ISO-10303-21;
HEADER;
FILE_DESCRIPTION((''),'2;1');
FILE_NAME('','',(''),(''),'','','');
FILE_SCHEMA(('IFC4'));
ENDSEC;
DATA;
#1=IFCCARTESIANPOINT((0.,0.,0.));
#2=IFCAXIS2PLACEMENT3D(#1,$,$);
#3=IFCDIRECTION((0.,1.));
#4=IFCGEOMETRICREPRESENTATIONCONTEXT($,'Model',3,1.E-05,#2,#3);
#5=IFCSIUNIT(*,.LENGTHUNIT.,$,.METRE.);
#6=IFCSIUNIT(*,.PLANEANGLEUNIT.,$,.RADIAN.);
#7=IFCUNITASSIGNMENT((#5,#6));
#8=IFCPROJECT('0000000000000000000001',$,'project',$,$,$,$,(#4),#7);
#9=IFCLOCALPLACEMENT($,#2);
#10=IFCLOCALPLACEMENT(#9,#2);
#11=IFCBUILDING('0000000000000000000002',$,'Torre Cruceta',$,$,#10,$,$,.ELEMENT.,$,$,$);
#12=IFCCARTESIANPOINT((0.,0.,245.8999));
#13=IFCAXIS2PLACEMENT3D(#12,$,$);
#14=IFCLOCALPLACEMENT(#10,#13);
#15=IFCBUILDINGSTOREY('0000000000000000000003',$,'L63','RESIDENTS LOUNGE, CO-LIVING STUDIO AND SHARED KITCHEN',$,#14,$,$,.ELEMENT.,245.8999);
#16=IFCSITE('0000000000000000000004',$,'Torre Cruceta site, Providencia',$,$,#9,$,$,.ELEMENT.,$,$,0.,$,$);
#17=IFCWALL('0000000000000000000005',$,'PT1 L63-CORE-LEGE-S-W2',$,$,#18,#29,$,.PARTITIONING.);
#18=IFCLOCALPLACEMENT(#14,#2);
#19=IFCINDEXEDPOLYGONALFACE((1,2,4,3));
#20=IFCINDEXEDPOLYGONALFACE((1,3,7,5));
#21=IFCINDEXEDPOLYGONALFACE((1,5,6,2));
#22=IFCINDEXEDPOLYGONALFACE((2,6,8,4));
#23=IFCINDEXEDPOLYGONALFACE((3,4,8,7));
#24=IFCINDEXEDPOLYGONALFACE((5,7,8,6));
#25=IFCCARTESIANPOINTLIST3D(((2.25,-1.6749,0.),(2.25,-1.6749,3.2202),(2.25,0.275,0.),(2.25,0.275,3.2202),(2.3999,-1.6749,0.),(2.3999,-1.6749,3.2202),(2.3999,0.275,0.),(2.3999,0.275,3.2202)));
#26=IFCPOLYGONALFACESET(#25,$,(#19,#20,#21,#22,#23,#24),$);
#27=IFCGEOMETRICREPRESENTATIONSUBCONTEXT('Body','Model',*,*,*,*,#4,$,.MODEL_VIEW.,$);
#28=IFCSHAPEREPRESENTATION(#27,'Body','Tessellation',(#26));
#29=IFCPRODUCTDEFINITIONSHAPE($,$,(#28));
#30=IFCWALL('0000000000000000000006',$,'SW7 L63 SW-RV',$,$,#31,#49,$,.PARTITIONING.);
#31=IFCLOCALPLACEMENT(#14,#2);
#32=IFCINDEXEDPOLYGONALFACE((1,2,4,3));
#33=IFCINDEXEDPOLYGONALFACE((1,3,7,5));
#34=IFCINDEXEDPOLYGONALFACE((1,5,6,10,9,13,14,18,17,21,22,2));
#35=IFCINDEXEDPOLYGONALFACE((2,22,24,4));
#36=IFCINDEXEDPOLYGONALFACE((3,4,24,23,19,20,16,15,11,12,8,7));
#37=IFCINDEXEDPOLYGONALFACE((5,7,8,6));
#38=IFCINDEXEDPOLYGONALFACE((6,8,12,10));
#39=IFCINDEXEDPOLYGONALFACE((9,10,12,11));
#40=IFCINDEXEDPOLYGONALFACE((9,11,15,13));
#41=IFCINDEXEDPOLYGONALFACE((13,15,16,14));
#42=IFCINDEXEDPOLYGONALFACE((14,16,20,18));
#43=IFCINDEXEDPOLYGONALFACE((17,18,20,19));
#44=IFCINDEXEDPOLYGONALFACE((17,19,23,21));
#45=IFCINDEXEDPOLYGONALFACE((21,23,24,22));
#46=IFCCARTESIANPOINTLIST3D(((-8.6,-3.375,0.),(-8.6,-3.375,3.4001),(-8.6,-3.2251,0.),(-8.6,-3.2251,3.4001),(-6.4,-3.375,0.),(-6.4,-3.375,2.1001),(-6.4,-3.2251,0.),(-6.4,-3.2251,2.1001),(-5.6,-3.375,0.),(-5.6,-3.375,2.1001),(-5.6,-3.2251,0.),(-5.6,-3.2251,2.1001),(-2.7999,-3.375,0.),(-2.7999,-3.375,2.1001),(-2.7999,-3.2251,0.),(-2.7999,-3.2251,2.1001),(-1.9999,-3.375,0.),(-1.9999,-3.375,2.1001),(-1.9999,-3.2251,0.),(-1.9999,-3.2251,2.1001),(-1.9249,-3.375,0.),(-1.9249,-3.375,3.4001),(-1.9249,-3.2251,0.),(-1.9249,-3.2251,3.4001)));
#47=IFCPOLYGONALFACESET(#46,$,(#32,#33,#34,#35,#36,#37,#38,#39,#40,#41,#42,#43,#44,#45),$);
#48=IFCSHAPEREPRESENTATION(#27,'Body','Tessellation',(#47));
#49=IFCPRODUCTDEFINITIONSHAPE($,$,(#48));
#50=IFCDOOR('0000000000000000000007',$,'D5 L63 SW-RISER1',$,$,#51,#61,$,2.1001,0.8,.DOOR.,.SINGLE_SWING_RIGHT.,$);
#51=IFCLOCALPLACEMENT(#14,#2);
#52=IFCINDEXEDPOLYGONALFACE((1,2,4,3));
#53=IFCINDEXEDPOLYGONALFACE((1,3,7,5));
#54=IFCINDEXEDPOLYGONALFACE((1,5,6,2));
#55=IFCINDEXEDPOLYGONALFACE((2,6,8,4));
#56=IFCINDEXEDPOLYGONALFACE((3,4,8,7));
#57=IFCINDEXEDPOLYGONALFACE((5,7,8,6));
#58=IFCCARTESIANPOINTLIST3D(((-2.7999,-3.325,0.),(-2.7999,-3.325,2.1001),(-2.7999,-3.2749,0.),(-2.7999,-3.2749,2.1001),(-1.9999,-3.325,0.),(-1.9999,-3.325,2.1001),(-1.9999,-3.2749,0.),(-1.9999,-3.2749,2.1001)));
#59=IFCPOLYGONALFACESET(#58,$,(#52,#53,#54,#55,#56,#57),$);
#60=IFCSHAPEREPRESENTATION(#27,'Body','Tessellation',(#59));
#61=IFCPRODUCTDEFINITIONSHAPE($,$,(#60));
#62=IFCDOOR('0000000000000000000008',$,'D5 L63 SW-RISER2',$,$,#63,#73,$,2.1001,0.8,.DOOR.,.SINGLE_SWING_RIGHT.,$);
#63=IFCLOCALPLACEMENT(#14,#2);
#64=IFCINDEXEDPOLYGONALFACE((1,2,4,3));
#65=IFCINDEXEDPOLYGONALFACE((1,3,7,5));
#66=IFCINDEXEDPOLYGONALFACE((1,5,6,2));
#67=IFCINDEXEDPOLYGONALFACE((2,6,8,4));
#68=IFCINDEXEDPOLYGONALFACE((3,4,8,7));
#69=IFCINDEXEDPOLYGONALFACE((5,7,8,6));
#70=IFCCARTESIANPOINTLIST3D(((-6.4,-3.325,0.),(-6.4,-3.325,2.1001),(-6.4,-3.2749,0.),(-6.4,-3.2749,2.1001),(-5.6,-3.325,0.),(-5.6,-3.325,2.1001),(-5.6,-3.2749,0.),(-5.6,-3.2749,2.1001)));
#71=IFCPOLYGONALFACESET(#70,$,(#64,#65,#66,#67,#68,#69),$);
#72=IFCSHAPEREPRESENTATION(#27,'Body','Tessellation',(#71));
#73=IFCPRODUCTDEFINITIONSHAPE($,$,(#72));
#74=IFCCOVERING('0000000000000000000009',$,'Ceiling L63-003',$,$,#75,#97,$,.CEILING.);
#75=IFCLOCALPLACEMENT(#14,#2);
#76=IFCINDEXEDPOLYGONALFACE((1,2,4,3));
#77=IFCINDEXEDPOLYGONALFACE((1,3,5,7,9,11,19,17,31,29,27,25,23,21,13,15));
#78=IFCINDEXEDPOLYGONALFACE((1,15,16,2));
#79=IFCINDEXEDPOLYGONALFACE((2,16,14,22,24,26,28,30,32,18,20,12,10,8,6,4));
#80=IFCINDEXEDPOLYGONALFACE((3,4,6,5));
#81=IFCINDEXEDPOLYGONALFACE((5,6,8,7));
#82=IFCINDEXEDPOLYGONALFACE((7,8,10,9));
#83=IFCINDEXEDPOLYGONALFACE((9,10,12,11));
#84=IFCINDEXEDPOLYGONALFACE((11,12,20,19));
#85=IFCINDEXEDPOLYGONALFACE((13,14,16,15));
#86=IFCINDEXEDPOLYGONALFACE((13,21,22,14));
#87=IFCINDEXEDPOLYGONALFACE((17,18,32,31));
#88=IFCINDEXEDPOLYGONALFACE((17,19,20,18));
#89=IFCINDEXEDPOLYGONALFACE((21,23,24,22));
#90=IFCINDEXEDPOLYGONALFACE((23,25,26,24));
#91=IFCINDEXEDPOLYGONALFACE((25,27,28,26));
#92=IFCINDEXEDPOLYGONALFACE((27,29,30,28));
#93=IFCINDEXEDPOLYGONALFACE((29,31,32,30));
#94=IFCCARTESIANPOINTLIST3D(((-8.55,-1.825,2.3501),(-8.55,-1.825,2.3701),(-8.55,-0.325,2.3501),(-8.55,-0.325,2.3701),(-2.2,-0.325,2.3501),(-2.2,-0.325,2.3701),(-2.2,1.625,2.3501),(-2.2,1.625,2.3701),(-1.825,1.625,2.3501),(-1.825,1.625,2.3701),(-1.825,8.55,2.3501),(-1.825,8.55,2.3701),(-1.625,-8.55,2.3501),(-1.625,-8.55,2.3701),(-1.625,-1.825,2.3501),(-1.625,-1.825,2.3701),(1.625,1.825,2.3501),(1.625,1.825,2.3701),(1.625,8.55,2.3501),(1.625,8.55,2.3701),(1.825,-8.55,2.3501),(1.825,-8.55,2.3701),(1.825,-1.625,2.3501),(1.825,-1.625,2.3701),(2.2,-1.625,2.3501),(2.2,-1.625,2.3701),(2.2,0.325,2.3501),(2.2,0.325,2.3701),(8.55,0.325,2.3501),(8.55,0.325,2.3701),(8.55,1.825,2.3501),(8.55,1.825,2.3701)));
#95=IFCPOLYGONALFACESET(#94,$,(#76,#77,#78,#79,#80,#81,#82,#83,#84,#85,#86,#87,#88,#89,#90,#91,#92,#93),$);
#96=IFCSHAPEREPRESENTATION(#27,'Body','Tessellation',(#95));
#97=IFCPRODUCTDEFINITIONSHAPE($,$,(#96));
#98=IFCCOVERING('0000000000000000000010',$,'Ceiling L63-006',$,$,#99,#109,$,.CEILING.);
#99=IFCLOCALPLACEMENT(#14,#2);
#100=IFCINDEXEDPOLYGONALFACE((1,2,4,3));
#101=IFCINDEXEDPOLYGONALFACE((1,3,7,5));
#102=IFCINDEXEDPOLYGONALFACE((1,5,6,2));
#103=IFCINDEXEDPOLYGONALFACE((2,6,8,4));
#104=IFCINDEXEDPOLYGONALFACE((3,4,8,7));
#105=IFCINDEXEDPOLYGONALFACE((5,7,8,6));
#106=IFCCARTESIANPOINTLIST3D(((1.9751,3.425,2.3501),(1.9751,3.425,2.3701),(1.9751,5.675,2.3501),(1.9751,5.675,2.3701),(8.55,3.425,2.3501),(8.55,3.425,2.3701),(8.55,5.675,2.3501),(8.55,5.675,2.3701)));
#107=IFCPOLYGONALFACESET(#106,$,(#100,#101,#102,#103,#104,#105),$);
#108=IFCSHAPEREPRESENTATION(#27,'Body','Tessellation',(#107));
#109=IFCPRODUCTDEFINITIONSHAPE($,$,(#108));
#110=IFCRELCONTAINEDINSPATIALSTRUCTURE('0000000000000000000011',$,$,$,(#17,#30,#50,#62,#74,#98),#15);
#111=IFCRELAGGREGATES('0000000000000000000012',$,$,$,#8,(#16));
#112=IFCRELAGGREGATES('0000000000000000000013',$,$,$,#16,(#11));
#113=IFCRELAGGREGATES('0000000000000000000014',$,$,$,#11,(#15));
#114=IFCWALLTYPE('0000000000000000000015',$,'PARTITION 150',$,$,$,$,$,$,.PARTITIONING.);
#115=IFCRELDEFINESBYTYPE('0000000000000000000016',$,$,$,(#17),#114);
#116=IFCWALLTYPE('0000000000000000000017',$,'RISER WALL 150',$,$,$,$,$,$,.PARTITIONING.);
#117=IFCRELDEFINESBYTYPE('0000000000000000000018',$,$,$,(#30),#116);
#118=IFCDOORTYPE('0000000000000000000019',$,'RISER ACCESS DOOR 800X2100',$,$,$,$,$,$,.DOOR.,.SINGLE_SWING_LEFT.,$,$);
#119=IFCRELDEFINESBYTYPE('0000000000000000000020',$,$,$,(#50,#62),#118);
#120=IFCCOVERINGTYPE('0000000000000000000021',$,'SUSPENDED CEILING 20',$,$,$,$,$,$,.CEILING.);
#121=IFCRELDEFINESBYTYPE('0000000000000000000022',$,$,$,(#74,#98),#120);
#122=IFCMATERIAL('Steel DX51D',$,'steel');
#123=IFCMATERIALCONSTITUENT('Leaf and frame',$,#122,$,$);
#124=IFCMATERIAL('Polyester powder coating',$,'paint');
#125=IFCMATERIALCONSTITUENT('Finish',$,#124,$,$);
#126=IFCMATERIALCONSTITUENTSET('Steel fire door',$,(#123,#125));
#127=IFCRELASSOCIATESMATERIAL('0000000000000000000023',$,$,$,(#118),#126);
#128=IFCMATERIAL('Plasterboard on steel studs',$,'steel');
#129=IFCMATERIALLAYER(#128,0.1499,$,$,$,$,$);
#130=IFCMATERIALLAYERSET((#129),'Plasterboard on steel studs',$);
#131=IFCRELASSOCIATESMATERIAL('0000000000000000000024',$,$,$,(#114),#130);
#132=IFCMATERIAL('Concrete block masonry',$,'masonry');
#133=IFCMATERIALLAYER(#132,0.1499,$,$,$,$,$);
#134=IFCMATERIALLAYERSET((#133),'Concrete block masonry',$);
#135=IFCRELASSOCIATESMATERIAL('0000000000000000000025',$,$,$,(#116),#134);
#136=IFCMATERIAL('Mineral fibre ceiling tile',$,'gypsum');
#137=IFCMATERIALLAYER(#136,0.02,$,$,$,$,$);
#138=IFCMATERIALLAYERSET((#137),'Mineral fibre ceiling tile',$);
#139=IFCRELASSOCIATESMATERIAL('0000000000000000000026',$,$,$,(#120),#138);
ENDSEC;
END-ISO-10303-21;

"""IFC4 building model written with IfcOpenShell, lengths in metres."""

from ifc_helpers import new_model, si_unit, direction, frame, frame_2d, origin, place, context, subcontext, project, spatial, polyline, rectangle, outline, extrude, material, layer, layer_set, constituent, constituent_set, type_object, element, fill, save


model = new_model("IFC4")

# Units and contexts
model_context = context("Model", 3, precision=1e-05, world=origin(), true_north=direction((0.0, 1.0)))
body_context = subcontext(model_context, "Body", "Model", "MODEL_VIEW")
ifc_project = project(units=[si_unit("LENGTHUNIT", "METRE"), si_unit("PLANEANGLEUNIT", "RADIAN")], contexts=[model_context])

# Site, building, storey
site_placement = place(None, origin())
site = spatial("IfcSite", under=ifc_project, at=site_placement, Name="Torre Cruceta site, Providencia", CompositionType="ELEMENT", RefElevation=0.0)
building_placement = place(site_placement, origin())
building = spatial("IfcBuilding", under=site, at=building_placement, Name="Torre Cruceta", CompositionType="ELEMENT")
storey_placement = place(building_placement, frame((0.0, 0.0, 245.8999)))
storey = spatial("IfcBuildingStorey", under=building, at=storey_placement, Name="L63", Description="RESIDENTS LOUNGE, CO-LIVING STUDIO AND SHARED KITCHEN", CompositionType="ELEMENT", Elevation=245.8999)

# Shared definitions
ifc_material_1 = material(Name="Steel DX51D", Category="steel")
ifc_constituent_1 = constituent(ifc_material_1, Name="Leaf and frame")
ifc_material_2 = material(Name="Polyester powder coating", Category="paint")
ifc_constituent_2 = constituent(ifc_material_2, Name="Finish")
ifc_constituent_set_1 = constituent_set(constituents=[ifc_constituent_1, ifc_constituent_2], Name="Steel fire door")
door_type_1 = type_object("IfcDoorType", Name="RISER ACCESS DOOR 800X2100", OperationType="SINGLE_SWING_LEFT", PredefinedType="DOOR", material=ifc_constituent_set_1)

# Wall
ifc_material_3 = material(Name="Plasterboard on steel studs", Category="steel")
ifc_layer_1 = layer(ifc_material_3, 0.1499)
ifc_layer_set_1 = layer_set([ifc_layer_1], Name="Plasterboard on steel studs")
wall_type_1 = type_object("IfcWallType", Name="PARTITION 150", PredefinedType="PARTITIONING", material=ifc_layer_set_1)
wall_1_placement = place(storey_placement, frame((2.325, -1.675, 0.0), z_axis=(0.0, 0.0, 1.0), x_axis=(0.0, 1.0, 0.0)))
element("IfcWall", 1, at=wall_1_placement, inside=storey, type_object=wall_type_1, Name="PT1 L63-CORE-LEGE-S-W2", PredefinedType="PARTITIONING", context=body_context, shape_type="SweptSolid", body=[
    extrude(rectangle(XDim=1.95, YDim=0.1499, at=frame_2d((0.9751, 0.0))), origin(), (0.0, 0.0, 1.0), 3.2202),
])

# Wall, openings, doors
ifc_material_4 = material(Name="Concrete block masonry", Category="masonry")
ifc_layer_2 = layer(ifc_material_4, 0.1499)
ifc_layer_set_2 = layer_set([ifc_layer_2], Name="Concrete block masonry")
wall_type_2 = type_object("IfcWallType", Name="RISER WALL 150", PredefinedType="PARTITIONING", material=ifc_layer_set_2)
wall_2_placement = place(storey_placement, frame((-1.925, -3.3, 0.0), z_axis=(0.0, 0.0, 1.0), x_axis=(-1.0, 0.0, 0.0)))
wall_2 = element("IfcWall", 2, at=wall_2_placement, inside=storey, type_object=wall_type_2, Name="SW7 L63 SW-RV", PredefinedType="PARTITIONING", context=body_context, shape_type="SweptSolid", body=[
    extrude(rectangle(XDim=6.675, YDim=0.1499, at=frame_2d((3.3374, 0.0))), origin(), (0.0, 0.0, 1.0), 3.4001),
])
opening_1_placement = place(wall_2_placement, frame((0.075, 0.0, 0.0)))
opening_1 = element("IfcOpeningElement", 3, at=opening_1_placement, cuts=wall_2, PredefinedType="OPENING", context=body_context, shape_type="SweptSolid", body=[
    extrude(rectangle(XDim=0.8, YDim=2.1001, at=frame_2d((0.3999, 1.05))), frame((0.0, 0.085, 0.0), z_axis=(0.0, -1.0, 0.0), x_axis=(1.0, 0.0, 0.0)), (0.0, 0.0, 1.0), 0.1699),
])
opening_2_placement = place(wall_2_placement, frame((3.675, 0.0, 0.0)))
opening_2 = element("IfcOpeningElement", 4, at=opening_2_placement, cuts=wall_2, PredefinedType="OPENING", context=body_context, shape_type="SweptSolid", body=[
    extrude(rectangle(XDim=0.8, YDim=2.1001, at=frame_2d((0.3999, 1.05))), frame((0.0, 0.085, 0.0), z_axis=(0.0, -1.0, 0.0), x_axis=(1.0, 0.0, 0.0)), (0.0, 0.0, 1.0), 0.1699),
])
door_1_placement = place(opening_1_placement, frame((0.8, 0.0, 0.0), z_axis=(0.0, 0.0, 1.0), x_axis=(-1.0, 0.0, 0.0)))
door_1 = element("IfcDoor", 5, at=door_1_placement, inside=storey, type_object=door_type_1, Name="D5 L63 SW-RISER1", OperationType="SINGLE_SWING_RIGHT", OverallHeight=2.1001, OverallWidth=0.8, PredefinedType="DOOR", context=body_context, shape_type="SweptSolid", body=[
    extrude(rectangle(XDim=0.8, YDim=2.1001, at=frame_2d((0.4001, 1.05))), frame((0.0, 0.0251, 0.0), z_axis=(0.0, -1.0, 0.0), x_axis=(1.0, 0.0, 0.0)), (0.0, 0.0, 1.0), 0.05),
])
fill(opening_1, door_1)
door_2_placement = place(opening_2_placement, frame((0.8, 0.0, 0.0), z_axis=(0.0, 0.0, 1.0), x_axis=(-1.0, 0.0, 0.0)))
door_2 = element("IfcDoor", 6, at=door_2_placement, inside=storey, type_object=door_type_1, Name="D5 L63 SW-RISER2", OperationType="SINGLE_SWING_RIGHT", OverallHeight=2.1001, OverallWidth=0.8, PredefinedType="DOOR", context=body_context, shape_type="SweptSolid", body=[
    extrude(rectangle(XDim=0.8, YDim=2.1001, at=frame_2d((0.4001, 1.05))), frame((0.0, 0.0251, 0.0), z_axis=(0.0, -1.0, 0.0), x_axis=(1.0, 0.0, 0.0)), (0.0, 0.0, 1.0), 0.05),
])
fill(opening_2, door_2)

# Coverings
ifc_material_5 = material(Name="Mineral fibre ceiling tile", Category="gypsum")
ifc_layer_3 = layer(ifc_material_5, 0.02)
ifc_layer_set_3 = layer_set([ifc_layer_3], Name="Mineral fibre ceiling tile")
covering_type = type_object("IfcCoveringType", Name="SUSPENDED CEILING 20", PredefinedType="CEILING", material=ifc_layer_set_3)
covering_1_placement = place(storey_placement, frame((0.0, 0.0, 2.3501)))
element("IfcCovering", 7, at=covering_1_placement, inside=storey, type_object=covering_type, Name="Ceiling L63-003", PredefinedType="CEILING", context=body_context, shape_type="SweptSolid", body=[
    extrude(outline(polyline([(1.825, -8.55), (-1.625, -8.55), (-1.625, -1.825), (-8.55, -1.825), (-8.55, -0.325), (-2.2, -0.325), (-2.2, 1.625), (-1.825, 1.625), (-1.825, 8.55), (1.625, 8.55), (1.625, 1.825), (8.55, 1.825), (8.55, 0.325), (2.2, 0.325), (2.2, -1.625), (1.825, -1.625), (1.825, -8.55)])), origin(), (0.0, 0.0, 1.0), 0.02),
])
covering_2_placement = place(storey_placement, frame((0.0, 0.0, 2.3501)))
element("IfcCovering", 8, at=covering_2_placement, inside=storey, type_object=covering_type, Name="Ceiling L63-006", PredefinedType="CEILING", context=body_context, shape_type="SweptSolid", body=[
    extrude(outline(polyline([(1.9751, 3.425), (1.9751, 5.675), (8.55, 5.675), (8.55, 3.425), (1.9751, 3.425)])), origin(), (0.0, 0.0, 1.0), 0.02),
])

save(model, "model.ifc")
